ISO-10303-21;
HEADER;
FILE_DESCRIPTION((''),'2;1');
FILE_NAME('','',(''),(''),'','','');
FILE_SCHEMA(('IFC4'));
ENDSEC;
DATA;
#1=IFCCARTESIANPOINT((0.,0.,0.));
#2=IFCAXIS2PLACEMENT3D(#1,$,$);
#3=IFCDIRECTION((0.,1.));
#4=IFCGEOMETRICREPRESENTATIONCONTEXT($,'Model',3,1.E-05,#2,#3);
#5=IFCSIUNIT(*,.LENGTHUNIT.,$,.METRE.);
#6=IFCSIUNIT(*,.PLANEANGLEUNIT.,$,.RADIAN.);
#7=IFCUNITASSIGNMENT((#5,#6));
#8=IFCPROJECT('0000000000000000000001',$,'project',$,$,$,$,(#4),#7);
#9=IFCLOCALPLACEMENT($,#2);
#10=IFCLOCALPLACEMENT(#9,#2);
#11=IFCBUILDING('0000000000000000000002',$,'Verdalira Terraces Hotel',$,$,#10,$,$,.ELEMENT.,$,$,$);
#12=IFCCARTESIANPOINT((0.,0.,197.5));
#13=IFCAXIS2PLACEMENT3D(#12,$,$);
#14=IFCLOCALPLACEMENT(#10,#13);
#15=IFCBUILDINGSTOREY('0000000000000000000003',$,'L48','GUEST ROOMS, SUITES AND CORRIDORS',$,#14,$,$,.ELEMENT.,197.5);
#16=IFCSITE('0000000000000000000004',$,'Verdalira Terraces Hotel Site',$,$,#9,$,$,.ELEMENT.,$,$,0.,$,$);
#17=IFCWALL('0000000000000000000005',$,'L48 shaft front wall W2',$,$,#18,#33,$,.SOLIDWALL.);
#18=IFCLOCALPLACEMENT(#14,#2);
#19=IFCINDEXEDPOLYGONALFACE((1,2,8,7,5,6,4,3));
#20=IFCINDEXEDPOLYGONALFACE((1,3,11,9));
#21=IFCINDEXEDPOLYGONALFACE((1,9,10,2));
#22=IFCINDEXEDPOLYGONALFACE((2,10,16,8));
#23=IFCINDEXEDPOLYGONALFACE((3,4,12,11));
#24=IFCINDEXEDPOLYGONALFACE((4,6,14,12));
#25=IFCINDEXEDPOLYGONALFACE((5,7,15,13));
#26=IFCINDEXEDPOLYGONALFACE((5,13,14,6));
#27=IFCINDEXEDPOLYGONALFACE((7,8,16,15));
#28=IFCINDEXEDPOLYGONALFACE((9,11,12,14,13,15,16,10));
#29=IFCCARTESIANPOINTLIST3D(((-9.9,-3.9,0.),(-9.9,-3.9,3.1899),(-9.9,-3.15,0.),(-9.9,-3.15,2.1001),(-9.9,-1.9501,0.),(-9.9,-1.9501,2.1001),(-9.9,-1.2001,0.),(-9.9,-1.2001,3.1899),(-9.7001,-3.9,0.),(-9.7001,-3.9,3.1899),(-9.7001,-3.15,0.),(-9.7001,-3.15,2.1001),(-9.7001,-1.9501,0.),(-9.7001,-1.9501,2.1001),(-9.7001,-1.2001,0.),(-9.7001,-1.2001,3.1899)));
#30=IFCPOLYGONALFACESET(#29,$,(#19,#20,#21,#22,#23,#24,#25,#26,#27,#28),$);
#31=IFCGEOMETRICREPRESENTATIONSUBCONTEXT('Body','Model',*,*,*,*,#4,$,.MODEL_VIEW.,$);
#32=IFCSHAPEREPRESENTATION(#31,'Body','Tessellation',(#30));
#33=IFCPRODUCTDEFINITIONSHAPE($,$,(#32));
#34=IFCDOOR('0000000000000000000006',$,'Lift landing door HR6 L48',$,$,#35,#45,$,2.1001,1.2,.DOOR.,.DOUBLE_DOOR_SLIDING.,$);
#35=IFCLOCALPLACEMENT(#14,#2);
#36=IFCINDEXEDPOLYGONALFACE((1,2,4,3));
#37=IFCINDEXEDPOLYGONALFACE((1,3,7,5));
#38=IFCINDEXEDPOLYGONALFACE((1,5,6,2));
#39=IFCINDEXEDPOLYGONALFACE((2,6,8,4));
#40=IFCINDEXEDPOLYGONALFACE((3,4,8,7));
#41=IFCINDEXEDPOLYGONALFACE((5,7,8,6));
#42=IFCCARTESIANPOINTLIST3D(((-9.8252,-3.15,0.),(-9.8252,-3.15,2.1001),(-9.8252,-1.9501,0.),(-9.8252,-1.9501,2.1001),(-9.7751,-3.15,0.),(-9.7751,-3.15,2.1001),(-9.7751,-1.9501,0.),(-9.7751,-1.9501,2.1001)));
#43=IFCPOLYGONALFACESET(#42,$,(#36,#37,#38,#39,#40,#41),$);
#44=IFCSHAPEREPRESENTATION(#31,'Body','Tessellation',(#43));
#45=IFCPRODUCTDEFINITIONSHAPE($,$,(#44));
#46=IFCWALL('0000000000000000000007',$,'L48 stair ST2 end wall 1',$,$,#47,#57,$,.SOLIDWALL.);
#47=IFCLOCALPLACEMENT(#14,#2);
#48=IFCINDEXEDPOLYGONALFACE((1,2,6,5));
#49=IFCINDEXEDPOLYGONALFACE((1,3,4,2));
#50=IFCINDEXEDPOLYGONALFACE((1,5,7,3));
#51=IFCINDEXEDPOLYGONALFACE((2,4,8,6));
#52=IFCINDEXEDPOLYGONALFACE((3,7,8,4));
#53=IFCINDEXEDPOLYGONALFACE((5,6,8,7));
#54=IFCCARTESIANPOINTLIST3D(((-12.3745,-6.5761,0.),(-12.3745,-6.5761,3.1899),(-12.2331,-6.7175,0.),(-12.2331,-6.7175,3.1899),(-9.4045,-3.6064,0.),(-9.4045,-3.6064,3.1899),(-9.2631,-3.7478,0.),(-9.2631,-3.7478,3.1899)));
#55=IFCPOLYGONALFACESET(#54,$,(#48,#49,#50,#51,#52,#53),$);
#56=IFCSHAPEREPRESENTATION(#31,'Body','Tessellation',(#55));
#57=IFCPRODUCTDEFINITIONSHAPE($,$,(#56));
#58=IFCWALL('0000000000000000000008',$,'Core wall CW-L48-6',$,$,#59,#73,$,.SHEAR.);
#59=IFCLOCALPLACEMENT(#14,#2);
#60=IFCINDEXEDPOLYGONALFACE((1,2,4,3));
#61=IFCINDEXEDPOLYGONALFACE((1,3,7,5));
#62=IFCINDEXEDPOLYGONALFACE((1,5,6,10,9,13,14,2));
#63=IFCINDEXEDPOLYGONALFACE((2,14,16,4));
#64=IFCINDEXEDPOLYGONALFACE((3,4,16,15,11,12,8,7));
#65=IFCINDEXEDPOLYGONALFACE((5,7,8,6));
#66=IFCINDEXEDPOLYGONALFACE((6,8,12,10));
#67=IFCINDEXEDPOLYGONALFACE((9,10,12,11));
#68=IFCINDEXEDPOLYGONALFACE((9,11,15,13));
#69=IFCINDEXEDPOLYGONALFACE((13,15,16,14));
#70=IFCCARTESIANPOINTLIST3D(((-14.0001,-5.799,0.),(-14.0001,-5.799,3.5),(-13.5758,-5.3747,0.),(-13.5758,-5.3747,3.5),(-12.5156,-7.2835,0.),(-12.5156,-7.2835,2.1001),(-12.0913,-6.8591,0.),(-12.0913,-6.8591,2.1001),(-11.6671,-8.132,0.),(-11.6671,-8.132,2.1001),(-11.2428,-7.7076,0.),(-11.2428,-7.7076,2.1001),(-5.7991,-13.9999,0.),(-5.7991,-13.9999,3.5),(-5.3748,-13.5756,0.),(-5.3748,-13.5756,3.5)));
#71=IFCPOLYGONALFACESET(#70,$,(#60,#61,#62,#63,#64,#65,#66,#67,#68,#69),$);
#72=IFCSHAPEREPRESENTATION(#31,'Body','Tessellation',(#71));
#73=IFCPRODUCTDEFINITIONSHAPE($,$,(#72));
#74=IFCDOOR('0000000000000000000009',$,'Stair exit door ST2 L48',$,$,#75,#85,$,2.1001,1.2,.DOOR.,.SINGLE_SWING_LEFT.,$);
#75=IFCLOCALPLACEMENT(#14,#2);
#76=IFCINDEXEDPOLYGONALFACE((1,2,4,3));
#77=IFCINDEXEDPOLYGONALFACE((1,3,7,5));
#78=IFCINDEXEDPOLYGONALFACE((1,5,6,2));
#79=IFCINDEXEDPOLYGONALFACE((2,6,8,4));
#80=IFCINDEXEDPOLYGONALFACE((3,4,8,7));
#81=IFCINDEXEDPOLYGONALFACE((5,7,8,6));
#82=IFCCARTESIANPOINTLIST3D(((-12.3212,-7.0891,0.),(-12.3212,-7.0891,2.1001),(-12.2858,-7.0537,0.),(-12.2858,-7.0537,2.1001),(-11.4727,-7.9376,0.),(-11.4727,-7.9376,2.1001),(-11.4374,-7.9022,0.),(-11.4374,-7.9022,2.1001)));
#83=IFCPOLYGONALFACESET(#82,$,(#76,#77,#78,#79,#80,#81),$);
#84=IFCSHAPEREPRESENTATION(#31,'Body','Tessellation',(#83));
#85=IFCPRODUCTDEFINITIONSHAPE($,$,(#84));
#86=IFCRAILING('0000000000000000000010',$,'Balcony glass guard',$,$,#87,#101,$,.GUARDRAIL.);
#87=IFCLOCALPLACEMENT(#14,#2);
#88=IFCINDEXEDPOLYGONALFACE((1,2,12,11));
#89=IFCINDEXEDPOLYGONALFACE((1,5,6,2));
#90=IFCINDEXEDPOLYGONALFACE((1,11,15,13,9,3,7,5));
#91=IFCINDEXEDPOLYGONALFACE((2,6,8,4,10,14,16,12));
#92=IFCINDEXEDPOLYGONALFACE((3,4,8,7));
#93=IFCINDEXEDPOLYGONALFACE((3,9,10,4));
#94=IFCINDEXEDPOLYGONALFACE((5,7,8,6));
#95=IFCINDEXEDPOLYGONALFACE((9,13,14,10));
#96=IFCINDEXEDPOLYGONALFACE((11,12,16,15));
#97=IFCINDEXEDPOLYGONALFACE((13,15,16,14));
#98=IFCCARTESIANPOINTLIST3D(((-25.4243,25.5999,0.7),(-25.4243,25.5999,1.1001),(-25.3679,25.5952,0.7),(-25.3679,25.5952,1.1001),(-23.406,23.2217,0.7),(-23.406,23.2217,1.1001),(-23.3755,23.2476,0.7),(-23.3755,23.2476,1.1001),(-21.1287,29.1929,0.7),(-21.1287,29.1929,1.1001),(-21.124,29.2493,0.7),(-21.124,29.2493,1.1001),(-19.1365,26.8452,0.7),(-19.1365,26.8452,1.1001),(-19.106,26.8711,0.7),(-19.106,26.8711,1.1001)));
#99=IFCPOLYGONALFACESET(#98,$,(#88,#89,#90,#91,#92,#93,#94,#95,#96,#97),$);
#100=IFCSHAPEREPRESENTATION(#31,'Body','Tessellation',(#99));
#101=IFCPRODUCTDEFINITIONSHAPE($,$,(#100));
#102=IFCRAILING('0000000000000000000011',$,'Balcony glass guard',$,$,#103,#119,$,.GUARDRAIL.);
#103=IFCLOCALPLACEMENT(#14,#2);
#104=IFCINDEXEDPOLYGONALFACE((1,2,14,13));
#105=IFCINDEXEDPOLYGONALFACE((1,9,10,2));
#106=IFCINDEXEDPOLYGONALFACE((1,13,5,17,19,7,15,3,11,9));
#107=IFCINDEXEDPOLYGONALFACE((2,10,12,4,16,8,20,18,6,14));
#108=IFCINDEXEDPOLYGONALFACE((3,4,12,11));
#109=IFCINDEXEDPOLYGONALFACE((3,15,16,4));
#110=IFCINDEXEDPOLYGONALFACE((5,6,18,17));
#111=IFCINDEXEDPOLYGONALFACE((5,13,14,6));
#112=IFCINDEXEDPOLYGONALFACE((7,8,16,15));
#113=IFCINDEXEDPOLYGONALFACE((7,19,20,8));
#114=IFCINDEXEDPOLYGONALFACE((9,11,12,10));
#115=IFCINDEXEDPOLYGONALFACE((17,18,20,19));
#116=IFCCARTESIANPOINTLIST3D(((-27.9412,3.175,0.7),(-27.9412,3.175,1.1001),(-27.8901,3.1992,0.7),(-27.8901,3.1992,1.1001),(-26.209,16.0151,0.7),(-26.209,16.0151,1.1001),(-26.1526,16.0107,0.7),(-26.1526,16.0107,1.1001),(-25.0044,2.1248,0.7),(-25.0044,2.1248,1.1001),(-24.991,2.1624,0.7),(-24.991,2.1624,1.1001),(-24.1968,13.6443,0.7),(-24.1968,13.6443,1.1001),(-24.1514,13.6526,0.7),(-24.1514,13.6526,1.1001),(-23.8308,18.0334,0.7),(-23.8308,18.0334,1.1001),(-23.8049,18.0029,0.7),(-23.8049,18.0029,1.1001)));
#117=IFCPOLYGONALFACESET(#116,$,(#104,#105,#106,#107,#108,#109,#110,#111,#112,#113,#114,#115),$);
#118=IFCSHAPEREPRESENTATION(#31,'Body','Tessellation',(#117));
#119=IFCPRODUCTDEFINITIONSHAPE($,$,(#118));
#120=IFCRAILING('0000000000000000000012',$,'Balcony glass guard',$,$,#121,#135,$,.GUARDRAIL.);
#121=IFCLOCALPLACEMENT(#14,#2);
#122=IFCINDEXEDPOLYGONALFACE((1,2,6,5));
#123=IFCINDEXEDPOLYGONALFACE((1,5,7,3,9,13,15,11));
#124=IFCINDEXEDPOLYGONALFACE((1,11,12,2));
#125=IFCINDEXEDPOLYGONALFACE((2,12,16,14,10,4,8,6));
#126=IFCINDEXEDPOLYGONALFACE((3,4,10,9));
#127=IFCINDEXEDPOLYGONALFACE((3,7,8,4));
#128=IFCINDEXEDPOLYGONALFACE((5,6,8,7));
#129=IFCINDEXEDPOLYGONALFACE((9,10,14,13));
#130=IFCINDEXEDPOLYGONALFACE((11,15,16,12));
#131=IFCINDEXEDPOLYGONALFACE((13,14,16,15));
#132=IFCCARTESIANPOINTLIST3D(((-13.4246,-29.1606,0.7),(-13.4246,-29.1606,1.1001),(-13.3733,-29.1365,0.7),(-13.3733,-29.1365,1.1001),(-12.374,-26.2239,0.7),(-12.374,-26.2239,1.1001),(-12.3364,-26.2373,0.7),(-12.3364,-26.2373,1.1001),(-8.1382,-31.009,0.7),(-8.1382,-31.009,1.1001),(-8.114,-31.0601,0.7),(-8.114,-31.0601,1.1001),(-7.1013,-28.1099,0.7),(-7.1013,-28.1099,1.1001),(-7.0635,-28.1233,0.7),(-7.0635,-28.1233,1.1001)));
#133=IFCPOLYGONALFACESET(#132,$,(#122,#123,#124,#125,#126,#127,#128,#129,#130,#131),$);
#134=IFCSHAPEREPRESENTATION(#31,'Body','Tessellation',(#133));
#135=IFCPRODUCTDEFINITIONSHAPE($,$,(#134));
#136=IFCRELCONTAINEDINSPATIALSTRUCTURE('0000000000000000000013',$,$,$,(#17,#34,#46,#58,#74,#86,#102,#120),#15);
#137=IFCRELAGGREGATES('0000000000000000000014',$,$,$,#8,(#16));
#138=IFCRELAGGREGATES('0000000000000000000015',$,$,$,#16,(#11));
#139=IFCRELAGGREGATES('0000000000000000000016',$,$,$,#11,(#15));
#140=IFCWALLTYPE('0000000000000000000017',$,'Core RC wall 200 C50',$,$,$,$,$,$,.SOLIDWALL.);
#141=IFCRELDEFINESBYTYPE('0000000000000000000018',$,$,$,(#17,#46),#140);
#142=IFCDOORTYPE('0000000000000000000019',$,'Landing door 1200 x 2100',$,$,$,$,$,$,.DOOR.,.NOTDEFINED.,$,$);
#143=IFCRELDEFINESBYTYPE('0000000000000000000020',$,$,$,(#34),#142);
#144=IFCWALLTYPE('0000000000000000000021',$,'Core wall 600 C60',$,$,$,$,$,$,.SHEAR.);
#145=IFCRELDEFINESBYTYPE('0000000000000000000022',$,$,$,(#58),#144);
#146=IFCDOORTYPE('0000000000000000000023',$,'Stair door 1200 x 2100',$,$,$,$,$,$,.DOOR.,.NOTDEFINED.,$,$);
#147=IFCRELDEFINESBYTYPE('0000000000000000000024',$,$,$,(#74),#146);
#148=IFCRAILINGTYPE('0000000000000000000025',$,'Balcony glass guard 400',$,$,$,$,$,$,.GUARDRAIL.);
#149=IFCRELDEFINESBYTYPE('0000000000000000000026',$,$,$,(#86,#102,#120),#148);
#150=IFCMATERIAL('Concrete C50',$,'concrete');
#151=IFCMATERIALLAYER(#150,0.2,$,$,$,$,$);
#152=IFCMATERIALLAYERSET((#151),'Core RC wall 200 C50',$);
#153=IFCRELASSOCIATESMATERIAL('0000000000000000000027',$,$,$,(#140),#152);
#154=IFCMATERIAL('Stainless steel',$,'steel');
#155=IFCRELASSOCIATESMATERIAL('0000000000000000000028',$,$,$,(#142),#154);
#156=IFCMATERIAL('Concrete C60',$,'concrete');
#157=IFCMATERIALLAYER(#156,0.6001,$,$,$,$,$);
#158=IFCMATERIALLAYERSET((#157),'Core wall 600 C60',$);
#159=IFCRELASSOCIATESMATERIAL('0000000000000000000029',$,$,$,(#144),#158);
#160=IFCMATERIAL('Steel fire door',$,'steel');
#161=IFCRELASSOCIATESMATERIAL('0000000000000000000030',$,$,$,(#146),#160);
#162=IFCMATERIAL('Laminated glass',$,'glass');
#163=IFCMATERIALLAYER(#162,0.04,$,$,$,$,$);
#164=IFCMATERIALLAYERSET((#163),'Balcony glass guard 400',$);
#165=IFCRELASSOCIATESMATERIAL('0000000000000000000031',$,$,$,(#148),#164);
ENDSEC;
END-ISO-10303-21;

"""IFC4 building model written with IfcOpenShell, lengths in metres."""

from ifc_helpers import new_model, si_unit, direction, frame, frame_2d, origin, place, context, subcontext, project, spatial, polyline, rectangle, outline, extrude, material, layer, layer_set, type_object, element, fill, save


model = new_model("IFC4")

# Units and contexts
model_context = context("Model", 3, precision=1e-05, world=origin(), true_north=direction((0.0, 1.0)))
body_context = subcontext(model_context, "Body", "Model", "MODEL_VIEW")
ifc_project = project(units=[si_unit("LENGTHUNIT", "METRE"), si_unit("PLANEANGLEUNIT", "RADIAN")], contexts=[model_context])

# Site, building, storey
site_placement = place(None, origin())
site = spatial("IfcSite", under=ifc_project, at=site_placement, Name="Verdalira Terraces Hotel Site", CompositionType="ELEMENT", RefElevation=0.0)
building_placement = place(site_placement, origin())
building = spatial("IfcBuilding", under=site, at=building_placement, Name="Verdalira Terraces Hotel", CompositionType="ELEMENT")
storey_placement = place(building_placement, frame((0.0, 0.0, 197.5)))
storey = spatial("IfcBuildingStorey", under=building, at=storey_placement, Name="L48", Description="GUEST ROOMS, SUITES AND CORRIDORS", CompositionType="ELEMENT", Elevation=197.5)

# Wall, opening, door
ifc_material_1 = material(Name="Concrete C50", Category="concrete")
ifc_layer_1 = layer(ifc_material_1, 0.2)
ifc_layer_set_1 = layer_set([ifc_layer_1], Name="Core RC wall 200 C50")
wall_type_1 = type_object("IfcWallType", Name="Core RC wall 200 C50", PredefinedType="SOLIDWALL", material=ifc_layer_set_1)
ifc_material_2 = material(Name="Stainless steel", Category="steel")
door_type_1 = type_object("IfcDoorType", Name="Landing door 1200 x 2100", OperationType="NOTDEFINED", PredefinedType="DOOR", material=ifc_material_2)
wall_1_placement = place(storey_placement, frame((-9.8, -1.2, 0.0), z_axis=(0.0, 0.0, 1.0), x_axis=(0.0, -1.0, 0.0)))
wall_1 = element("IfcWall", 1, at=wall_1_placement, inside=storey, type_object=wall_type_1, Name="L48 shaft front wall W2", PredefinedType="SOLIDWALL", context=body_context, shape_type="SweptSolid", body=[
    extrude(rectangle(XDim=2.7, YDim=0.2, at=frame_2d((1.3501, 0.0))), origin(), (0.0, 0.0, 1.0), 3.1899),
])
opening_1_placement = place(wall_1_placement, frame((0.75, 0.0, 0.0)))
opening_1 = element("IfcOpeningElement", 2, at=opening_1_placement, cuts=wall_1, PredefinedType="OPENING", context=body_context, shape_type="SweptSolid", body=[
    extrude(rectangle(XDim=1.2, YDim=2.1001, at=frame_2d((0.6001, 1.05))), frame((0.0, 0.1099, 0.0), z_axis=(0.0, -1.0, 0.0), x_axis=(1.0, 0.0, 0.0)), (0.0, 0.0, 1.0), 0.22),
])
door_1_placement = place(opening_1_placement, origin())
door_1 = element("IfcDoor", 3, at=door_1_placement, inside=storey, type_object=door_type_1, Name="Lift landing door HR6 L48", OperationType="DOUBLE_DOOR_SLIDING", OverallHeight=2.1001, OverallWidth=1.2, PredefinedType="DOOR", context=body_context, shape_type="SweptSolid", body=[
    extrude(rectangle(XDim=1.2, YDim=2.1001, at=frame_2d((0.6001, 1.05))), frame((0.0, 0.0249, 0.0), z_axis=(0.0, -1.0, 0.0), x_axis=(1.0, 0.0, 0.0)), (0.0, 0.0, 1.0), 0.05),
])
fill(opening_1, door_1)

# Wall
wall_2_placement = place(storey_placement, frame((-9.3337, -3.677, 0.0), z_axis=(0.0, 0.0, 1.0), x_axis=(-0.707136, -0.707078, 0.0)))
element("IfcWall", 4, at=wall_2_placement, inside=storey, type_object=wall_type_1, Name="L48 stair ST2 end wall 1", PredefinedType="SOLIDWALL", context=body_context, shape_type="SweptSolid", body=[
    extrude(rectangle(XDim=4.2, YDim=0.2, at=frame_2d((2.1001, 0.0))), origin(), (0.0, 0.0, 1.0), 3.1899),
])

# Wall, opening, door
ifc_material_3 = material(Name="Concrete C60", Category="concrete")
ifc_layer_2 = layer(ifc_material_3, 0.6001)
ifc_layer_set_2 = layer_set([ifc_layer_2], Name="Core wall 600 C60")
wall_type_2 = type_object("IfcWallType", Name="Core wall 600 C60", PredefinedType="SHEAR", material=ifc_layer_set_2)
wall_3_placement = place(storey_placement, frame((-13.7878, -5.5869, 0.0), z_axis=(0.0, 0.0, 1.0), x_axis=(0.707107, -0.707107, 0.0)))
wall_3 = element("IfcWall", 5, at=wall_3_placement, inside=storey, type_object=wall_type_2, Name="Core wall CW-L48-6", PredefinedType="SHEAR", context=body_context, shape_type="SweptSolid", body=[
    extrude(rectangle(XDim=11.5979, YDim=0.6001, at=frame_2d((5.7988, 0.0))), origin(), (0.0, 0.0, 1.0), 3.5),
])
opening_2_placement = place(wall_3_placement, frame((2.0991, 0.0, 0.0)))
opening_2 = element("IfcOpeningElement", 6, at=opening_2_placement, cuts=wall_3, PredefinedType="OPENING", context=body_context, shape_type="SweptSolid", body=[
    extrude(rectangle(XDim=1.2, YDim=2.1001, at=frame_2d((0.6001, 1.05))), frame((0.0, 0.3101, 0.0), z_axis=(0.0, -1.0, 0.0), x_axis=(1.0, 0.0, 0.0)), (0.0, 0.0, 1.0), 0.6201),
])
ifc_material_4 = material(Name="Steel fire door", Category="steel")
door_type_2 = type_object("IfcDoorType", Name="Stair door 1200 x 2100", OperationType="NOTDEFINED", PredefinedType="DOOR", material=ifc_material_4)
door_2_placement = place(opening_2_placement, origin())
door_2 = element("IfcDoor", 7, at=door_2_placement, inside=storey, type_object=door_type_2, Name="Stair exit door ST2 L48", OperationType="SINGLE_SWING_LEFT", OverallHeight=2.1001, OverallWidth=1.2, PredefinedType="DOOR", context=body_context, shape_type="SweptSolid", body=[
    extrude(rectangle(XDim=1.2, YDim=2.1001, at=frame_2d((0.6001, 1.05))), frame((0.0, 0.0249, 0.0), z_axis=(0.0, -1.0, 0.0), x_axis=(1.0, 0.0, 0.0)), (0.0, 0.0, 1.0), 0.05),
])
fill(opening_2, door_2)

# Railings
ifc_material_5 = material(Name="Laminated glass", Category="glass")
ifc_layer_3 = layer(ifc_material_5, 0.04)
ifc_layer_set_3 = layer_set([ifc_layer_3], Name="Balcony glass guard 400")
railing_type = type_object("IfcRailingType", Name="Balcony glass guard 400", PredefinedType="GUARDRAIL", material=ifc_layer_set_3)
railing_1_placement = place(storey_placement, frame((0.0, 0.0, 0.7)))
element("IfcRailing", 8, at=railing_1_placement, inside=storey, type_object=railing_type, Name="Balcony glass guard", PredefinedType="GUARDRAIL", context=body_context, shape_type="SweptSolid", body=[
    extrude(outline(polyline([(-21.1287, 29.1929), (-25.3679, 25.5952), (-23.3755, 23.2476), (-23.406, 23.2217), (-25.4243, 25.5999), (-21.124, 29.2493), (-19.106, 26.8711), (-19.1365, 26.8452), (-21.1287, 29.1929)])), origin(), (0.0, 0.0, 1.0), 0.4001),
])
railing_2_placement = place(storey_placement, frame((0.0, 0.0, 0.7)))
element("IfcRailing", 9, at=railing_2_placement, inside=storey, type_object=railing_type, Name="Balcony glass guard", PredefinedType="GUARDRAIL", context=body_context, shape_type="SweptSolid", body=[
    extrude(outline(polyline([(-26.1526, 16.0107), (-24.1514, 13.6526), (-27.8901, 3.1992), (-24.991, 2.1624), (-25.0044, 2.1248), (-27.9412, 3.175), (-24.1968, 13.6443), (-26.209, 16.0151), (-23.8308, 18.0334), (-23.8049, 18.0029), (-26.1526, 16.0107)])), origin(), (0.0, 0.0, 1.0), 0.4001),
])
railing_3_placement = place(storey_placement, frame((0.0, 0.0, 0.7)))
element("IfcRailing", 10, at=railing_3_placement, inside=storey, type_object=railing_type, Name="Balcony glass guard", PredefinedType="GUARDRAIL", context=body_context, shape_type="SweptSolid", body=[
    extrude(outline(polyline([(-13.3733, -29.1365), (-8.1382, -31.009), (-7.1013, -28.1099), (-7.0635, -28.1233), (-8.114, -31.0601), (-13.4246, -29.1606), (-12.374, -26.2239), (-12.3364, -26.2373), (-13.3733, -29.1365)])), origin(), (0.0, 0.0, 1.0), 0.4001),
])

save(model, "model.ifc")
